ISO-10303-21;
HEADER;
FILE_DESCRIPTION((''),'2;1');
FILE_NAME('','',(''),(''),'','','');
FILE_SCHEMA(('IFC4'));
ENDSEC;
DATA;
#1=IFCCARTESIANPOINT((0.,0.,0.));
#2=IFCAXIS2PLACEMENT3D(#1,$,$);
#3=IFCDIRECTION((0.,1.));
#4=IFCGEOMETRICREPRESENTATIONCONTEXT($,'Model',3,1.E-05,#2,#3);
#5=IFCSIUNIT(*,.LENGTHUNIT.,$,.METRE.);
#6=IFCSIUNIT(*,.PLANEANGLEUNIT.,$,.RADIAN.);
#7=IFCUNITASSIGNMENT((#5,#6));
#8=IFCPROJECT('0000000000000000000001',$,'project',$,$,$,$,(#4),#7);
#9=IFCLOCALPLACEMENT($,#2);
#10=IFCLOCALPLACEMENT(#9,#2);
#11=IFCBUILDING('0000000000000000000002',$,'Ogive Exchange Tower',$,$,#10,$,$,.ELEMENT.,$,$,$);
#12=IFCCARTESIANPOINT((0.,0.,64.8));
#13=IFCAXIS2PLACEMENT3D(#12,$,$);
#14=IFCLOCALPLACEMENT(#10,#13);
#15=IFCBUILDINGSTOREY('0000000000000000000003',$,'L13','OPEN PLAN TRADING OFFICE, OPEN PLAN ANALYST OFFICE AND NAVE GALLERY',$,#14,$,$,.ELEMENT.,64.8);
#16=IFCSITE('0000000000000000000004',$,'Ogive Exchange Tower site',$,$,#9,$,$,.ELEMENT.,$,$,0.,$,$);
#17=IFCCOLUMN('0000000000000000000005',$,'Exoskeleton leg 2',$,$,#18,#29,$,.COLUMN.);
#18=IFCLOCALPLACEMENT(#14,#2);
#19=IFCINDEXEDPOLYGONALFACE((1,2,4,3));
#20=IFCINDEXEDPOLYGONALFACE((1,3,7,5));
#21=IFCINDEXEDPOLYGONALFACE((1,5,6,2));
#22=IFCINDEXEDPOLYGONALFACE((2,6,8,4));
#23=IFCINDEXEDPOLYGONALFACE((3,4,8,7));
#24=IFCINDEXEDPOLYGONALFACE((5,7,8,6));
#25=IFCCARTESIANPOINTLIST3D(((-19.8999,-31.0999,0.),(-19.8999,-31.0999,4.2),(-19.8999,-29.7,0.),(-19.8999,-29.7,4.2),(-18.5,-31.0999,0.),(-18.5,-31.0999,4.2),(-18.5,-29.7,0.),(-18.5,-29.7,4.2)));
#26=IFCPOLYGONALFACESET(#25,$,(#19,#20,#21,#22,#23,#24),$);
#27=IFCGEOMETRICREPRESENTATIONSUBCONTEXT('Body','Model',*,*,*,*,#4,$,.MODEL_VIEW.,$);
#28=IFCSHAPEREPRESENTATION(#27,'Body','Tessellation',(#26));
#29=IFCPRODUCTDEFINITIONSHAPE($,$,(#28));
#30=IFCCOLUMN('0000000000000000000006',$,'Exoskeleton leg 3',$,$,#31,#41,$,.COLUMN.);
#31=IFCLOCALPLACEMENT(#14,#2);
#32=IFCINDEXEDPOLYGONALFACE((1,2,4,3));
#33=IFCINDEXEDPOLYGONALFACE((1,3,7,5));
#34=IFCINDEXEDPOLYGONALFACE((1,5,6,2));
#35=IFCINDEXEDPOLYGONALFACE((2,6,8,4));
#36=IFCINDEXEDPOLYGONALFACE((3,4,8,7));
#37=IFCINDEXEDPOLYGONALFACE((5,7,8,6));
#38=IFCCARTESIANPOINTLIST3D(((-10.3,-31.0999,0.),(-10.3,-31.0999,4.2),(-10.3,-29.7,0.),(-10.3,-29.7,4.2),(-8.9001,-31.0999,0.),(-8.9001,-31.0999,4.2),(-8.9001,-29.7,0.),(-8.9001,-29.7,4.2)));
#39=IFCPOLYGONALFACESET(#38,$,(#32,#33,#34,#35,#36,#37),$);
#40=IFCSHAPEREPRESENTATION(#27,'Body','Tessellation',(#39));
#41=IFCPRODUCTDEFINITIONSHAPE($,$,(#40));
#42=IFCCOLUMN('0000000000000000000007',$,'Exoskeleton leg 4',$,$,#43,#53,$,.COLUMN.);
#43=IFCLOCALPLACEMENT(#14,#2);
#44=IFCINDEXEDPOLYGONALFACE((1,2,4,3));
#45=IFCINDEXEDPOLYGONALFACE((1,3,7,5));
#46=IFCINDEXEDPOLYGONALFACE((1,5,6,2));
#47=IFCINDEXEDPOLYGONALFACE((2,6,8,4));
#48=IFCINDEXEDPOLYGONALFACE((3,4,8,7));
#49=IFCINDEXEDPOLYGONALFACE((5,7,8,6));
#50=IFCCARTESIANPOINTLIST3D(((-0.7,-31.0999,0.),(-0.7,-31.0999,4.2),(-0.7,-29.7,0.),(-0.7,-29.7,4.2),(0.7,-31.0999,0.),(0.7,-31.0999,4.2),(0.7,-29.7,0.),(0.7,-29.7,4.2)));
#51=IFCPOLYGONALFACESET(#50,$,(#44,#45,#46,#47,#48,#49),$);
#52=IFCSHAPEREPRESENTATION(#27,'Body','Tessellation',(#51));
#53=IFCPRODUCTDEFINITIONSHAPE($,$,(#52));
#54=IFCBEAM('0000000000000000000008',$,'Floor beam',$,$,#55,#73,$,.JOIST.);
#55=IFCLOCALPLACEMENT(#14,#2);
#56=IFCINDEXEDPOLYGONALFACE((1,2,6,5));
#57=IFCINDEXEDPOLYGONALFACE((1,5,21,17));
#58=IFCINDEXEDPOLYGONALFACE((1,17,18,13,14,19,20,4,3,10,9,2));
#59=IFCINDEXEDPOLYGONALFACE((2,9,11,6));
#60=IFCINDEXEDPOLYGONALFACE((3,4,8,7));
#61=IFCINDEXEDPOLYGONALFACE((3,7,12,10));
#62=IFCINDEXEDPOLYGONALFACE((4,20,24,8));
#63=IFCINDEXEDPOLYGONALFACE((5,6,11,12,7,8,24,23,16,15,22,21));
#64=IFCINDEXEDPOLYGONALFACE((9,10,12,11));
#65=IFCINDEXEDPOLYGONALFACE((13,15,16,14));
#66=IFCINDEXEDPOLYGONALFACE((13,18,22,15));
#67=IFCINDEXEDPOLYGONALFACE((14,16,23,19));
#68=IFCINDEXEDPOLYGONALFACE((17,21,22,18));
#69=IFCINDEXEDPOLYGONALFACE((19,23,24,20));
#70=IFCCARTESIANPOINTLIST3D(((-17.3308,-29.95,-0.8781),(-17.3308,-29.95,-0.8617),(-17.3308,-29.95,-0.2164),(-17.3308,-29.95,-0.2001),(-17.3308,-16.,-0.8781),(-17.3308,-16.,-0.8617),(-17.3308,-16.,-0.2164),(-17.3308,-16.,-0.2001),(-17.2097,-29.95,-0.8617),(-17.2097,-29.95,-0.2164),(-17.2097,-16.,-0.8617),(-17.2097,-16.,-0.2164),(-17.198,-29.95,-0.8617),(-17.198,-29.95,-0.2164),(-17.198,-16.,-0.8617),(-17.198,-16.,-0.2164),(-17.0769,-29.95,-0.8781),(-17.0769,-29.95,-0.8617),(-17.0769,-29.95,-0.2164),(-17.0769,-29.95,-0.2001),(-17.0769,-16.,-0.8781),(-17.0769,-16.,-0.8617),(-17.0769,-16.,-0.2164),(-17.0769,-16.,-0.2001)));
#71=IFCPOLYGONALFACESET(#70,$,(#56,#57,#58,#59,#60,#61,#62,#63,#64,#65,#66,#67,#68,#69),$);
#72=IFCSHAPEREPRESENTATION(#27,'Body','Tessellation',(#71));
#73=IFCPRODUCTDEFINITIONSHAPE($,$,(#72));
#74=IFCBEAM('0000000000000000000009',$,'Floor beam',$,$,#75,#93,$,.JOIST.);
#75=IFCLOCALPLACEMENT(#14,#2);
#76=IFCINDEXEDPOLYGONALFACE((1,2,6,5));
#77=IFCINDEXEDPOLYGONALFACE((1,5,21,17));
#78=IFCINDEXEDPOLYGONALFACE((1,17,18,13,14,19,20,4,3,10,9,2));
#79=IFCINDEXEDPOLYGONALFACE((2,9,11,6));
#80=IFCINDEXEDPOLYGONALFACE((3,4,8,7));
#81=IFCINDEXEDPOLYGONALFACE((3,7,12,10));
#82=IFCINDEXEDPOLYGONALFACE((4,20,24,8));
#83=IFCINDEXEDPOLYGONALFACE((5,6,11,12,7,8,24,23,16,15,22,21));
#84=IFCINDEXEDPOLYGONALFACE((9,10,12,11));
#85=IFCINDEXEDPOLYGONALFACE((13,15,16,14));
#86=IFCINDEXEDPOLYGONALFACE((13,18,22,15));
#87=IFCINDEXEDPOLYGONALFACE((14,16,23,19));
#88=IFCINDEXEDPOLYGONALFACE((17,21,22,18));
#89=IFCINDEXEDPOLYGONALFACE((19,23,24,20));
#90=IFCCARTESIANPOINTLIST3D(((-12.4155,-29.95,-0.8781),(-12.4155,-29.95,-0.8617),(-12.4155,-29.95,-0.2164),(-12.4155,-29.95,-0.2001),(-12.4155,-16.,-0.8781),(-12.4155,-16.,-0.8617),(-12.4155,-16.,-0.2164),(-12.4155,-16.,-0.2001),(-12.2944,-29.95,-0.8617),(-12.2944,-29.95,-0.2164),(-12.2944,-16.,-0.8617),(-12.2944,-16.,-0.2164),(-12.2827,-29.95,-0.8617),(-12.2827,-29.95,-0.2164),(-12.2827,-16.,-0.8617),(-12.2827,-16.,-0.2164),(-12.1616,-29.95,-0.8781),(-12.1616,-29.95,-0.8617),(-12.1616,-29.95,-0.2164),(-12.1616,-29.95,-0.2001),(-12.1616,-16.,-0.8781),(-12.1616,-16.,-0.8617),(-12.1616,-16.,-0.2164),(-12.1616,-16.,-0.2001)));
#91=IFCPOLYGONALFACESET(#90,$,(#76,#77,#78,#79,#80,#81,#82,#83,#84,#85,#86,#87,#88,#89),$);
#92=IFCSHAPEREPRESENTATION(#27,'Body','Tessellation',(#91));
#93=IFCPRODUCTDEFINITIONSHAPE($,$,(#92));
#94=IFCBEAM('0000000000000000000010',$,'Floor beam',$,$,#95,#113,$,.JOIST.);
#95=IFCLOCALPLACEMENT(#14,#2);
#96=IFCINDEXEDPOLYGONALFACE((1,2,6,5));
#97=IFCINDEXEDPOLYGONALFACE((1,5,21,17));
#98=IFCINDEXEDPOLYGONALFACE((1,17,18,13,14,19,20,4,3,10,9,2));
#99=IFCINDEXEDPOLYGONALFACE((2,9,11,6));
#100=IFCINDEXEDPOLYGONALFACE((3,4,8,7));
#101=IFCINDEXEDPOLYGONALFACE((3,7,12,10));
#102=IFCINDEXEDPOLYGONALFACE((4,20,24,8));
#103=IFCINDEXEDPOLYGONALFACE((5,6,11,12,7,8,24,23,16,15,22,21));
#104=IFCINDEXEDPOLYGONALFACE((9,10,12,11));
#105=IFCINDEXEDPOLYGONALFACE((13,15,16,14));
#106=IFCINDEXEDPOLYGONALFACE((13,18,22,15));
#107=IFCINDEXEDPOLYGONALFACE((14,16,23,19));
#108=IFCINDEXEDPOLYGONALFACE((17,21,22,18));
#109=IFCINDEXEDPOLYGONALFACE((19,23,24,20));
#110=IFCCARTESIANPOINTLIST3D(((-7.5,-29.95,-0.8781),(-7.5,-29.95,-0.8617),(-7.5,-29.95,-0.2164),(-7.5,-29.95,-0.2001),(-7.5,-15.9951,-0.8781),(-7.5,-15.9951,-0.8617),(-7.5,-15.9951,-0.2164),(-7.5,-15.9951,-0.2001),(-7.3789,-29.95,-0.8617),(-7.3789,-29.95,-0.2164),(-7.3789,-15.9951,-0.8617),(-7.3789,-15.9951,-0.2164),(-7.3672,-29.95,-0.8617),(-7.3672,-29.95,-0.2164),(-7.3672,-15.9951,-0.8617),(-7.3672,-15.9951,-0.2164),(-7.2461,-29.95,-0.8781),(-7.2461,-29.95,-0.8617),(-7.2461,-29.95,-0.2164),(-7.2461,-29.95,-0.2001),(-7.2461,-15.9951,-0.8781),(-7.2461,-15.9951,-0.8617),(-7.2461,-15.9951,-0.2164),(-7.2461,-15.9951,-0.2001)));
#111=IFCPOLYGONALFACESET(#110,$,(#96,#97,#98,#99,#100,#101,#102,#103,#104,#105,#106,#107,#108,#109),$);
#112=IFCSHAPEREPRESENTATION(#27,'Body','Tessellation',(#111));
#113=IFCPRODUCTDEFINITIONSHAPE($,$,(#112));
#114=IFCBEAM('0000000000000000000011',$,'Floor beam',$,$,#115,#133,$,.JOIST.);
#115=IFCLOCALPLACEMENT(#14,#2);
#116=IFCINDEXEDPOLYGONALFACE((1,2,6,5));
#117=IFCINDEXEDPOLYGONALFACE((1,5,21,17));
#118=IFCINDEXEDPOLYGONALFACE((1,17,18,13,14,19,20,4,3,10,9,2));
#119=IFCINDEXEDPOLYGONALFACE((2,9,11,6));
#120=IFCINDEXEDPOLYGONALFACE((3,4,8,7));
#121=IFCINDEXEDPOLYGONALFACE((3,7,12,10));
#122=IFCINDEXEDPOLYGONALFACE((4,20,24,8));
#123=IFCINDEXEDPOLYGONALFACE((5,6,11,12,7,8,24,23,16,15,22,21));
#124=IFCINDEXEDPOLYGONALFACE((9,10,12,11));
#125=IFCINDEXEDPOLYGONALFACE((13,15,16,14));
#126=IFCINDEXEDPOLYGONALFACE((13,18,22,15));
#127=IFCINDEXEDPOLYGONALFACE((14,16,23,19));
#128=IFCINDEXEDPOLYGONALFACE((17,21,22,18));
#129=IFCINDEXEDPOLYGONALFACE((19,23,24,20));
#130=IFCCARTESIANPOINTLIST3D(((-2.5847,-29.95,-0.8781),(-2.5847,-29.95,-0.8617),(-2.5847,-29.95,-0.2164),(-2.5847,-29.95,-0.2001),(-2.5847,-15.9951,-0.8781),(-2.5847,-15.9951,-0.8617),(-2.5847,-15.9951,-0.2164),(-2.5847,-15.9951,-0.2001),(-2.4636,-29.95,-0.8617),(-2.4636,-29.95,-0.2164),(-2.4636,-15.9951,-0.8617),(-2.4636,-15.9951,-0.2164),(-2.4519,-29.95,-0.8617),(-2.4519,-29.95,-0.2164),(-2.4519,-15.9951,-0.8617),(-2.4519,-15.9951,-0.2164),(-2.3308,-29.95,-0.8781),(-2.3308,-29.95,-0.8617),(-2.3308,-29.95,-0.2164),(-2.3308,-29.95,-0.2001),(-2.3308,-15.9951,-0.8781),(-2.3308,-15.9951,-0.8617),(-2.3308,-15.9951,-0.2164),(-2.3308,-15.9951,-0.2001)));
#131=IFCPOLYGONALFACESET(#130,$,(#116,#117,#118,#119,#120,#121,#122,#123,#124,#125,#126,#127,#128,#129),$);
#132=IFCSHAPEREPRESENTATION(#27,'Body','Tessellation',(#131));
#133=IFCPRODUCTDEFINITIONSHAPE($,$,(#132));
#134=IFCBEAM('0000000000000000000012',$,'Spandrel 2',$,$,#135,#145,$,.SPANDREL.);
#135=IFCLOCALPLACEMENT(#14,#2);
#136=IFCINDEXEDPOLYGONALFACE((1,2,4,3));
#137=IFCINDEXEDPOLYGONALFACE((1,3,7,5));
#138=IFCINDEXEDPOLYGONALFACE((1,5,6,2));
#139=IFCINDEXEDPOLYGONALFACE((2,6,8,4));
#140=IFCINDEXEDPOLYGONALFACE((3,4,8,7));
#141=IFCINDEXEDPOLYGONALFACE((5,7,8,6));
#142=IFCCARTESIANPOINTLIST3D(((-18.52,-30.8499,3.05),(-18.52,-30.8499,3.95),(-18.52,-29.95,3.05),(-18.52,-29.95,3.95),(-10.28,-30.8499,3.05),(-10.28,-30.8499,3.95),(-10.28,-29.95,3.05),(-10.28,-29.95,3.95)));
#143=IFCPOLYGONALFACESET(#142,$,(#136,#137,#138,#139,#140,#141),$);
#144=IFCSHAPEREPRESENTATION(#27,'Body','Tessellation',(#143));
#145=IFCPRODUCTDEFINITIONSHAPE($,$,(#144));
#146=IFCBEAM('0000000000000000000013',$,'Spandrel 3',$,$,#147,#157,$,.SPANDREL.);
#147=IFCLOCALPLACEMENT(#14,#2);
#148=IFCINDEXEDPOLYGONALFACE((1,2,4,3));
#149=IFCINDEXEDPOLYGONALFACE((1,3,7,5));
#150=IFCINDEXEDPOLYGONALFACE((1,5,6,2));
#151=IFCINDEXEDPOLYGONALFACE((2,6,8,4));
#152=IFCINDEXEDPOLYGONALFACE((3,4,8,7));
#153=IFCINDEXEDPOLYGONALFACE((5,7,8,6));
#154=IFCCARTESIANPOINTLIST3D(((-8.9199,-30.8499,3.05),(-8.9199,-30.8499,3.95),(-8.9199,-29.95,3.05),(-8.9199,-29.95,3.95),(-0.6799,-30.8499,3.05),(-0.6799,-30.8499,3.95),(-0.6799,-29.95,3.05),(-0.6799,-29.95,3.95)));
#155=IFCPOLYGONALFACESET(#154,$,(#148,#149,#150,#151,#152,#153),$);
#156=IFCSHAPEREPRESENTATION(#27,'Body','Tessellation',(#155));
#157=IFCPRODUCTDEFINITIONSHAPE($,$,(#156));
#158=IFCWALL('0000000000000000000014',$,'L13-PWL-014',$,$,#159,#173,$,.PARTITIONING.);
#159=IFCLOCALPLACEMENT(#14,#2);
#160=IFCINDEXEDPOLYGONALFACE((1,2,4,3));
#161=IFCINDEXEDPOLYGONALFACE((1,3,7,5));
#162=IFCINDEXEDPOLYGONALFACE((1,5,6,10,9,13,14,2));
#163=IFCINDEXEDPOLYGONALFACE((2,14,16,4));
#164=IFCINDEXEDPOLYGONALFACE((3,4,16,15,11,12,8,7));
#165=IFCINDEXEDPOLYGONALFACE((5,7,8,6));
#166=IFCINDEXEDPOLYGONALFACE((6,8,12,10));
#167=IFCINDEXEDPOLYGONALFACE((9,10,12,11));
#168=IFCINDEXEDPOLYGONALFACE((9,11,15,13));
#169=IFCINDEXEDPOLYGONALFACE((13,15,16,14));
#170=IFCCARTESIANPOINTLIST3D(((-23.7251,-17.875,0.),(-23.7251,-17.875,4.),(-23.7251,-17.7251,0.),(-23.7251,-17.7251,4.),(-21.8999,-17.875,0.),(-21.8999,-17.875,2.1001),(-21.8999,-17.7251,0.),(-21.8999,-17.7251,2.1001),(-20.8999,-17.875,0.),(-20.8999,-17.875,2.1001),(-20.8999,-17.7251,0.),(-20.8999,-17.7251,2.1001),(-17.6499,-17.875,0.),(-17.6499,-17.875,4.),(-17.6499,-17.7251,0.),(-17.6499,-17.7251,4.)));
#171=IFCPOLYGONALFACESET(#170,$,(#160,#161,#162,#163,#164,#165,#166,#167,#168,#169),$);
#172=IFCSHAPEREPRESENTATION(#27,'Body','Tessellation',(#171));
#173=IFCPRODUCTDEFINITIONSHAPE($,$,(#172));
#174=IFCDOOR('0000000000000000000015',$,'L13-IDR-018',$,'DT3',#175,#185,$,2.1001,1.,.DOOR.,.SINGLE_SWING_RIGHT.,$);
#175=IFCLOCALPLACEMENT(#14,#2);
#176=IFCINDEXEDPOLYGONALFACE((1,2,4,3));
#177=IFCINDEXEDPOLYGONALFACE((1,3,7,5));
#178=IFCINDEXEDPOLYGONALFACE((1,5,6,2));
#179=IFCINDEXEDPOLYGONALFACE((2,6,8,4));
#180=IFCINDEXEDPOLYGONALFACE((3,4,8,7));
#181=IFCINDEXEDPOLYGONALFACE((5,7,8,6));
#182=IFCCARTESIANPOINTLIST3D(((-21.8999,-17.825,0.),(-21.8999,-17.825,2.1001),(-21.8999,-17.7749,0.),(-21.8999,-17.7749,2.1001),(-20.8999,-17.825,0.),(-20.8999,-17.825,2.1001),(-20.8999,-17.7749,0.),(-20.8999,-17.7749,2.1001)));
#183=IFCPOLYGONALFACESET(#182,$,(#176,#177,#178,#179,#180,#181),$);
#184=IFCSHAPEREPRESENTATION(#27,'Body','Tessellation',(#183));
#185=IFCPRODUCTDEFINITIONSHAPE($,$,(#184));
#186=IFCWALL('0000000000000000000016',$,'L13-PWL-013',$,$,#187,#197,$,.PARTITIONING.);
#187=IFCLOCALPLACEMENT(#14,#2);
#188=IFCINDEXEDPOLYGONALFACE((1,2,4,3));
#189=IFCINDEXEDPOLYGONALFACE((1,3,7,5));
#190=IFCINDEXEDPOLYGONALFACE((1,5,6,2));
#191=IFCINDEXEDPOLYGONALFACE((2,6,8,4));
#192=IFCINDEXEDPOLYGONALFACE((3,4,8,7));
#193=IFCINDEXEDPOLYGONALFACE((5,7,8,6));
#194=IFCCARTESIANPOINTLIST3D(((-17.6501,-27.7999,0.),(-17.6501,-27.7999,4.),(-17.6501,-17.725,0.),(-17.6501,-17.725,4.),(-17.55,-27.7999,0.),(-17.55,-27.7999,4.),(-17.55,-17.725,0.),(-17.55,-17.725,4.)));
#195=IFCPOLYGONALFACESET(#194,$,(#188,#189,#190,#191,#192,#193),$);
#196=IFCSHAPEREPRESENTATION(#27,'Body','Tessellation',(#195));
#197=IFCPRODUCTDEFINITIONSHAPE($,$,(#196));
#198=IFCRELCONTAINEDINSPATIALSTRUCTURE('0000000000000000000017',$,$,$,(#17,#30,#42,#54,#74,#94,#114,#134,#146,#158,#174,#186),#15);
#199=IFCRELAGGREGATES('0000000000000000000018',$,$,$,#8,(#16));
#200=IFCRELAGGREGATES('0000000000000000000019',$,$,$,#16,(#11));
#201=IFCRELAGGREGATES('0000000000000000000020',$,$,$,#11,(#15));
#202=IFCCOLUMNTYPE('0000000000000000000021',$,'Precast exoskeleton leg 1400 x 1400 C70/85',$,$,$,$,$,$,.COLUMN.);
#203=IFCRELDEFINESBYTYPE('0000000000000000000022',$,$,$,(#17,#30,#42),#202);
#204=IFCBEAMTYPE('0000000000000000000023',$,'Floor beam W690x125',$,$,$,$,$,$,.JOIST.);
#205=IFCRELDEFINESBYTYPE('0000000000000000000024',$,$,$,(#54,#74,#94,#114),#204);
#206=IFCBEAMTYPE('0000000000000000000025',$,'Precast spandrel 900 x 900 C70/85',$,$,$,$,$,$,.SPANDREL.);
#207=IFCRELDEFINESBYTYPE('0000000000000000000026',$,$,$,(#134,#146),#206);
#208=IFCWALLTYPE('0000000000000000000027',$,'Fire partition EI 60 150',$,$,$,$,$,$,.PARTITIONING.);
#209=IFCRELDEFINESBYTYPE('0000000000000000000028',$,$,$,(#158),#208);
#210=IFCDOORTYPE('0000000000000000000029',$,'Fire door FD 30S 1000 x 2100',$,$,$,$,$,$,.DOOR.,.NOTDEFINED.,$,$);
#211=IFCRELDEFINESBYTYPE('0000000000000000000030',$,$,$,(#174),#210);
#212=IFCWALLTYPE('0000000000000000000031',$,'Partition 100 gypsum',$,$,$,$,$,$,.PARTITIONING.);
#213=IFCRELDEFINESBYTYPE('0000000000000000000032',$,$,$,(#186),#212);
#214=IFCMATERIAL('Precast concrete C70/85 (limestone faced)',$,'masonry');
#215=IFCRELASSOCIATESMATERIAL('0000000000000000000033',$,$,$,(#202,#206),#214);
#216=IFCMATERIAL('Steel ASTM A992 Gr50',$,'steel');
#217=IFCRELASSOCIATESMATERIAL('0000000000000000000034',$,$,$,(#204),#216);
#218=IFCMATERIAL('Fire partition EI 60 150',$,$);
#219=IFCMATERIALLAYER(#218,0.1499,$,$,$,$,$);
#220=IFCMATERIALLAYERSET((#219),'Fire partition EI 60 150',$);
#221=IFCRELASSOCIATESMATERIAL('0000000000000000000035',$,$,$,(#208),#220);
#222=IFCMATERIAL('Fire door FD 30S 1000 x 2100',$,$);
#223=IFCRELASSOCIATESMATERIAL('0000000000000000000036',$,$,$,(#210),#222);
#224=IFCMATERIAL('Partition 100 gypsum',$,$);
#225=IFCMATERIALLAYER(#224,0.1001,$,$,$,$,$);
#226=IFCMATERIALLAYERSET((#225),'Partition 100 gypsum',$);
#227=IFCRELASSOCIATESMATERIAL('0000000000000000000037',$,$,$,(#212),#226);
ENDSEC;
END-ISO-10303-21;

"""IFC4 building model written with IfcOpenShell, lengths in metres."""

from ifc_helpers import new_model, si_unit, direction, frame, frame_2d, origin, origin_2d, place, context, subcontext, project, spatial, rectangle, i_section, extrude, material, layer, layer_set, material_profile, profile_set, type_object, element, fill, save


model = new_model("IFC4")

# Units and contexts
model_context = context("Model", 3, precision=1e-05, world=origin(), true_north=direction((0.0, 1.0)))
body_context = subcontext(model_context, "Body", "Model", "MODEL_VIEW")
ifc_project = project(units=[si_unit("LENGTHUNIT", "METRE"), si_unit("PLANEANGLEUNIT", "RADIAN")], contexts=[model_context])

# Site, building, storey
site_placement = place(None, origin())
site = spatial("IfcSite", under=ifc_project, at=site_placement, Name="Ogive Exchange Tower site", CompositionType="ELEMENT", RefElevation=0.0)
building_placement = place(site_placement, origin())
building = spatial("IfcBuilding", under=site, at=building_placement, Name="Ogive Exchange Tower", CompositionType="ELEMENT")
storey_placement = place(building_placement, frame((0.0, 0.0, 64.8)))
storey = spatial("IfcBuildingStorey", under=building, at=storey_placement, Name="L13", Description="OPEN PLAN TRADING OFFICE, OPEN PLAN ANALYST OFFICE AND NAVE GALLERY", CompositionType="ELEMENT", Elevation=64.8)

# Columns
ifc_material_1 = material(Name="Precast concrete C70/85 (limestone faced)", Category="masonry")
ifc_material_profile_1 = material_profile(ifc_material_1, rectangle(XDim=1.3999, YDim=1.3999, at=origin_2d()), Name="1400 x 1400")
ifc_profile_set_1 = profile_set([ifc_material_profile_1], Name="Precast concrete C70/85 (limestone faced)")
column_type = type_object("IfcColumnType", Name="Precast exoskeleton leg 1400 x 1400 C70/85", PredefinedType="COLUMN", material=ifc_profile_set_1)
for number, where, z_axis, x_axis, name in (
    (1, (-19.2, -30.3999, 0.0), (0.0, 0.0, 1.0), (1.0, 0.0, 0.0), "Exoskeleton leg 2"),
    (2, (-9.6001, -30.3999, 0.0), (0.0, 0.0, 1.0), (1.0, 0.0, 0.0), "Exoskeleton leg 3"),
    (3, (0.0, -30.3999, 0.0), (0.0, 0.0, 1.0), (1.0, 0.0, 0.0), "Exoskeleton leg 4"),
):
    element("IfcColumn", number, at=place(storey_placement, frame(where, z_axis=z_axis, x_axis=x_axis)), inside=storey, type_object=column_type, Name=name, PredefinedType="COLUMN", context=body_context, shape_type="SweptSolid", body=[
        extrude(rectangle(XDim=1.3999, YDim=1.3999, at=origin_2d()), origin(), (0.0, 0.0, 1.0), 4.2),
    ])

# Beams
ifc_material_2 = material(Name="Steel ASTM A992 Gr50", Category="steel")
ifc_material_profile_2 = material_profile(ifc_material_2, i_section(OverallWidth=0.2539, OverallDepth=0.678, WebThickness=0.0117, FlangeThickness=0.0164, at=origin_2d()), Name="W690x125")
ifc_profile_set_2 = profile_set([ifc_material_profile_2], Name="Steel ASTM A992 Gr50")
beam_type_1 = type_object("IfcBeamType", Name="Floor beam W690x125", PredefinedType="JOIST", material=ifc_profile_set_2)
for number, where, z_axis, x_axis, name in (
    (4, (-17.2039, -29.95, -0.5391), (0.0, 1.0, 0.0), (-1.0, 0.0, 0.0), "Floor beam"),
    (5, (-12.2886, -29.95, -0.5391), (0.0, 1.0, 0.0), (-1.0, 0.0, 0.0), "Floor beam"),
):
    element("IfcBeam", number, at=place(storey_placement, frame(where, z_axis=z_axis, x_axis=x_axis)), inside=storey, type_object=beam_type_1, Name=name, PredefinedType="JOIST", context=body_context, shape_type="SweptSolid", body=[
        extrude(i_section(OverallWidth=0.2539, OverallDepth=0.678, WebThickness=0.0117, FlangeThickness=0.0164, at=origin_2d()), origin(), (0.0, 0.0, 1.0), 13.95),
    ])
for number, where, z_axis, x_axis, name in (
    (6, (-7.373, -29.95, -0.5391), (0.0, 1.0, 0.0), (-1.0, 0.0, 0.0), "Floor beam"),
    (7, (-2.4578, -29.95, -0.5391), (0.0, 1.0, 0.0), (-1.0, 0.0, 0.0), "Floor beam"),
):
    element("IfcBeam", number, at=place(storey_placement, frame(where, z_axis=z_axis, x_axis=x_axis)), inside=storey, type_object=beam_type_1, Name=name, PredefinedType="JOIST", context=body_context, shape_type="SweptSolid", body=[
        extrude(i_section(OverallWidth=0.2539, OverallDepth=0.678, WebThickness=0.0117, FlangeThickness=0.0164, at=origin_2d()), origin(), (0.0, 0.0, 1.0), 13.9548),
    ])
ifc_material_profile_3 = material_profile(ifc_material_1, rectangle(XDim=0.8999, YDim=0.8999, at=origin_2d()), Name="900 x 900")
ifc_profile_set_3 = profile_set([ifc_material_profile_3], Name="Precast concrete C70/85 (limestone faced)")
beam_type_2 = type_object("IfcBeamType", Name="Precast spandrel 900 x 900 C70/85", PredefinedType="SPANDREL", material=ifc_profile_set_3)
for number, where, z_axis, x_axis, name in (
    (8, (-18.52, -30.3999, 3.5), (1.0, 0.0, 0.0), (0.0, 1.0, 0.0), "Spandrel 2"),
    (9, (-8.9199, -30.3999, 3.5), (1.0, 0.0, 0.0), (0.0, 1.0, 0.0), "Spandrel 3"),
):
    element("IfcBeam", number, at=place(storey_placement, frame(where, z_axis=z_axis, x_axis=x_axis)), inside=storey, type_object=beam_type_2, Name=name, PredefinedType="SPANDREL", context=body_context, shape_type="SweptSolid", body=[
        extrude(rectangle(XDim=0.8999, YDim=0.8999, at=origin_2d()), origin(), (0.0, 0.0, 1.0), 8.24),
    ])

# Wall, opening, door
ifc_material_3 = material(Name="Fire partition EI 60 150")
ifc_layer_1 = layer(ifc_material_3, 0.1499)
ifc_layer_set_1 = layer_set([ifc_layer_1], Name="Fire partition EI 60 150")
wall_type_1 = type_object("IfcWallType", Name="Fire partition EI 60 150", PredefinedType="PARTITIONING", material=ifc_layer_set_1)
wall_1_placement = place(storey_placement, frame((-17.6499, -17.8, 0.0), z_axis=(0.0, 0.0, 1.0), x_axis=(-1.0, 0.0, 0.0)))
wall_1 = element("IfcWall", 10, at=wall_1_placement, inside=storey, type_object=wall_type_1, Name="L13-PWL-014", PredefinedType="PARTITIONING", context=body_context, shape_type="SweptSolid", body=[
    extrude(rectangle(XDim=6.0752, YDim=0.1499, at=frame_2d((3.0376, 0.0))), origin(), (0.0, 0.0, 1.0), 4.0),
])
opening_1_placement = place(wall_1_placement, frame((3.25, 0.0, 0.0)))
opening_1 = element("IfcOpeningElement", 11, at=opening_1_placement, cuts=wall_1, PredefinedType="OPENING", context=body_context, shape_type="SweptSolid", body=[
    extrude(rectangle(XDim=1.0, YDim=2.1001, at=frame_2d((0.5, 1.05))), frame((0.0, 0.085, 0.0), z_axis=(0.0, -1.0, 0.0), x_axis=(1.0, 0.0, 0.0)), (0.0, 0.0, 1.0), 0.1699),
])
ifc_material_4 = material(Name="Fire door FD 30S 1000 x 2100")
door_type_1 = type_object("IfcDoorType", Name="Fire door FD 30S 1000 x 2100", OperationType="NOTDEFINED", PredefinedType="DOOR", material=ifc_material_4)
door_1_placement = place(opening_1_placement, origin())
door_1 = element("IfcDoor", 12, at=door_1_placement, inside=storey, type_object=door_type_1, Name="L13-IDR-018", ObjectType="DT3", OperationType="SINGLE_SWING_RIGHT", OverallHeight=2.1001, OverallWidth=1.0, PredefinedType="DOOR", context=body_context, shape_type="SweptSolid", body=[
    extrude(rectangle(XDim=1.0, YDim=2.1001, at=frame_2d((0.5, 1.05))), frame((0.0, 0.0249, 0.0), z_axis=(0.0, -1.0, 0.0), x_axis=(1.0, 0.0, 0.0)), (0.0, 0.0, 1.0), 0.05),
])
fill(opening_1, door_1)

# Wall
ifc_material_5 = material(Name="Partition 100 gypsum")
ifc_layer_2 = layer(ifc_material_5, 0.1001)
ifc_layer_set_2 = layer_set([ifc_layer_2], Name="Partition 100 gypsum")
wall_type_2 = type_object("IfcWallType", Name="Partition 100 gypsum", PredefinedType="PARTITIONING", material=ifc_layer_set_2)
wall_2_placement = place(storey_placement, frame((-17.6001, -27.8, 0.0), z_axis=(0.0, 0.0, 1.0), x_axis=(0.0, 1.0, 0.0)))
element("IfcWall", 13, at=wall_2_placement, inside=storey, type_object=wall_type_2, Name="L13-PWL-013", PredefinedType="PARTITIONING", context=body_context, shape_type="SweptSolid", body=[
    extrude(rectangle(XDim=10.075, YDim=0.1001, at=frame_2d((5.0376, 0.0))), origin(), (0.0, 0.0, 1.0), 4.0),
])

save(model, "model.ifc")
